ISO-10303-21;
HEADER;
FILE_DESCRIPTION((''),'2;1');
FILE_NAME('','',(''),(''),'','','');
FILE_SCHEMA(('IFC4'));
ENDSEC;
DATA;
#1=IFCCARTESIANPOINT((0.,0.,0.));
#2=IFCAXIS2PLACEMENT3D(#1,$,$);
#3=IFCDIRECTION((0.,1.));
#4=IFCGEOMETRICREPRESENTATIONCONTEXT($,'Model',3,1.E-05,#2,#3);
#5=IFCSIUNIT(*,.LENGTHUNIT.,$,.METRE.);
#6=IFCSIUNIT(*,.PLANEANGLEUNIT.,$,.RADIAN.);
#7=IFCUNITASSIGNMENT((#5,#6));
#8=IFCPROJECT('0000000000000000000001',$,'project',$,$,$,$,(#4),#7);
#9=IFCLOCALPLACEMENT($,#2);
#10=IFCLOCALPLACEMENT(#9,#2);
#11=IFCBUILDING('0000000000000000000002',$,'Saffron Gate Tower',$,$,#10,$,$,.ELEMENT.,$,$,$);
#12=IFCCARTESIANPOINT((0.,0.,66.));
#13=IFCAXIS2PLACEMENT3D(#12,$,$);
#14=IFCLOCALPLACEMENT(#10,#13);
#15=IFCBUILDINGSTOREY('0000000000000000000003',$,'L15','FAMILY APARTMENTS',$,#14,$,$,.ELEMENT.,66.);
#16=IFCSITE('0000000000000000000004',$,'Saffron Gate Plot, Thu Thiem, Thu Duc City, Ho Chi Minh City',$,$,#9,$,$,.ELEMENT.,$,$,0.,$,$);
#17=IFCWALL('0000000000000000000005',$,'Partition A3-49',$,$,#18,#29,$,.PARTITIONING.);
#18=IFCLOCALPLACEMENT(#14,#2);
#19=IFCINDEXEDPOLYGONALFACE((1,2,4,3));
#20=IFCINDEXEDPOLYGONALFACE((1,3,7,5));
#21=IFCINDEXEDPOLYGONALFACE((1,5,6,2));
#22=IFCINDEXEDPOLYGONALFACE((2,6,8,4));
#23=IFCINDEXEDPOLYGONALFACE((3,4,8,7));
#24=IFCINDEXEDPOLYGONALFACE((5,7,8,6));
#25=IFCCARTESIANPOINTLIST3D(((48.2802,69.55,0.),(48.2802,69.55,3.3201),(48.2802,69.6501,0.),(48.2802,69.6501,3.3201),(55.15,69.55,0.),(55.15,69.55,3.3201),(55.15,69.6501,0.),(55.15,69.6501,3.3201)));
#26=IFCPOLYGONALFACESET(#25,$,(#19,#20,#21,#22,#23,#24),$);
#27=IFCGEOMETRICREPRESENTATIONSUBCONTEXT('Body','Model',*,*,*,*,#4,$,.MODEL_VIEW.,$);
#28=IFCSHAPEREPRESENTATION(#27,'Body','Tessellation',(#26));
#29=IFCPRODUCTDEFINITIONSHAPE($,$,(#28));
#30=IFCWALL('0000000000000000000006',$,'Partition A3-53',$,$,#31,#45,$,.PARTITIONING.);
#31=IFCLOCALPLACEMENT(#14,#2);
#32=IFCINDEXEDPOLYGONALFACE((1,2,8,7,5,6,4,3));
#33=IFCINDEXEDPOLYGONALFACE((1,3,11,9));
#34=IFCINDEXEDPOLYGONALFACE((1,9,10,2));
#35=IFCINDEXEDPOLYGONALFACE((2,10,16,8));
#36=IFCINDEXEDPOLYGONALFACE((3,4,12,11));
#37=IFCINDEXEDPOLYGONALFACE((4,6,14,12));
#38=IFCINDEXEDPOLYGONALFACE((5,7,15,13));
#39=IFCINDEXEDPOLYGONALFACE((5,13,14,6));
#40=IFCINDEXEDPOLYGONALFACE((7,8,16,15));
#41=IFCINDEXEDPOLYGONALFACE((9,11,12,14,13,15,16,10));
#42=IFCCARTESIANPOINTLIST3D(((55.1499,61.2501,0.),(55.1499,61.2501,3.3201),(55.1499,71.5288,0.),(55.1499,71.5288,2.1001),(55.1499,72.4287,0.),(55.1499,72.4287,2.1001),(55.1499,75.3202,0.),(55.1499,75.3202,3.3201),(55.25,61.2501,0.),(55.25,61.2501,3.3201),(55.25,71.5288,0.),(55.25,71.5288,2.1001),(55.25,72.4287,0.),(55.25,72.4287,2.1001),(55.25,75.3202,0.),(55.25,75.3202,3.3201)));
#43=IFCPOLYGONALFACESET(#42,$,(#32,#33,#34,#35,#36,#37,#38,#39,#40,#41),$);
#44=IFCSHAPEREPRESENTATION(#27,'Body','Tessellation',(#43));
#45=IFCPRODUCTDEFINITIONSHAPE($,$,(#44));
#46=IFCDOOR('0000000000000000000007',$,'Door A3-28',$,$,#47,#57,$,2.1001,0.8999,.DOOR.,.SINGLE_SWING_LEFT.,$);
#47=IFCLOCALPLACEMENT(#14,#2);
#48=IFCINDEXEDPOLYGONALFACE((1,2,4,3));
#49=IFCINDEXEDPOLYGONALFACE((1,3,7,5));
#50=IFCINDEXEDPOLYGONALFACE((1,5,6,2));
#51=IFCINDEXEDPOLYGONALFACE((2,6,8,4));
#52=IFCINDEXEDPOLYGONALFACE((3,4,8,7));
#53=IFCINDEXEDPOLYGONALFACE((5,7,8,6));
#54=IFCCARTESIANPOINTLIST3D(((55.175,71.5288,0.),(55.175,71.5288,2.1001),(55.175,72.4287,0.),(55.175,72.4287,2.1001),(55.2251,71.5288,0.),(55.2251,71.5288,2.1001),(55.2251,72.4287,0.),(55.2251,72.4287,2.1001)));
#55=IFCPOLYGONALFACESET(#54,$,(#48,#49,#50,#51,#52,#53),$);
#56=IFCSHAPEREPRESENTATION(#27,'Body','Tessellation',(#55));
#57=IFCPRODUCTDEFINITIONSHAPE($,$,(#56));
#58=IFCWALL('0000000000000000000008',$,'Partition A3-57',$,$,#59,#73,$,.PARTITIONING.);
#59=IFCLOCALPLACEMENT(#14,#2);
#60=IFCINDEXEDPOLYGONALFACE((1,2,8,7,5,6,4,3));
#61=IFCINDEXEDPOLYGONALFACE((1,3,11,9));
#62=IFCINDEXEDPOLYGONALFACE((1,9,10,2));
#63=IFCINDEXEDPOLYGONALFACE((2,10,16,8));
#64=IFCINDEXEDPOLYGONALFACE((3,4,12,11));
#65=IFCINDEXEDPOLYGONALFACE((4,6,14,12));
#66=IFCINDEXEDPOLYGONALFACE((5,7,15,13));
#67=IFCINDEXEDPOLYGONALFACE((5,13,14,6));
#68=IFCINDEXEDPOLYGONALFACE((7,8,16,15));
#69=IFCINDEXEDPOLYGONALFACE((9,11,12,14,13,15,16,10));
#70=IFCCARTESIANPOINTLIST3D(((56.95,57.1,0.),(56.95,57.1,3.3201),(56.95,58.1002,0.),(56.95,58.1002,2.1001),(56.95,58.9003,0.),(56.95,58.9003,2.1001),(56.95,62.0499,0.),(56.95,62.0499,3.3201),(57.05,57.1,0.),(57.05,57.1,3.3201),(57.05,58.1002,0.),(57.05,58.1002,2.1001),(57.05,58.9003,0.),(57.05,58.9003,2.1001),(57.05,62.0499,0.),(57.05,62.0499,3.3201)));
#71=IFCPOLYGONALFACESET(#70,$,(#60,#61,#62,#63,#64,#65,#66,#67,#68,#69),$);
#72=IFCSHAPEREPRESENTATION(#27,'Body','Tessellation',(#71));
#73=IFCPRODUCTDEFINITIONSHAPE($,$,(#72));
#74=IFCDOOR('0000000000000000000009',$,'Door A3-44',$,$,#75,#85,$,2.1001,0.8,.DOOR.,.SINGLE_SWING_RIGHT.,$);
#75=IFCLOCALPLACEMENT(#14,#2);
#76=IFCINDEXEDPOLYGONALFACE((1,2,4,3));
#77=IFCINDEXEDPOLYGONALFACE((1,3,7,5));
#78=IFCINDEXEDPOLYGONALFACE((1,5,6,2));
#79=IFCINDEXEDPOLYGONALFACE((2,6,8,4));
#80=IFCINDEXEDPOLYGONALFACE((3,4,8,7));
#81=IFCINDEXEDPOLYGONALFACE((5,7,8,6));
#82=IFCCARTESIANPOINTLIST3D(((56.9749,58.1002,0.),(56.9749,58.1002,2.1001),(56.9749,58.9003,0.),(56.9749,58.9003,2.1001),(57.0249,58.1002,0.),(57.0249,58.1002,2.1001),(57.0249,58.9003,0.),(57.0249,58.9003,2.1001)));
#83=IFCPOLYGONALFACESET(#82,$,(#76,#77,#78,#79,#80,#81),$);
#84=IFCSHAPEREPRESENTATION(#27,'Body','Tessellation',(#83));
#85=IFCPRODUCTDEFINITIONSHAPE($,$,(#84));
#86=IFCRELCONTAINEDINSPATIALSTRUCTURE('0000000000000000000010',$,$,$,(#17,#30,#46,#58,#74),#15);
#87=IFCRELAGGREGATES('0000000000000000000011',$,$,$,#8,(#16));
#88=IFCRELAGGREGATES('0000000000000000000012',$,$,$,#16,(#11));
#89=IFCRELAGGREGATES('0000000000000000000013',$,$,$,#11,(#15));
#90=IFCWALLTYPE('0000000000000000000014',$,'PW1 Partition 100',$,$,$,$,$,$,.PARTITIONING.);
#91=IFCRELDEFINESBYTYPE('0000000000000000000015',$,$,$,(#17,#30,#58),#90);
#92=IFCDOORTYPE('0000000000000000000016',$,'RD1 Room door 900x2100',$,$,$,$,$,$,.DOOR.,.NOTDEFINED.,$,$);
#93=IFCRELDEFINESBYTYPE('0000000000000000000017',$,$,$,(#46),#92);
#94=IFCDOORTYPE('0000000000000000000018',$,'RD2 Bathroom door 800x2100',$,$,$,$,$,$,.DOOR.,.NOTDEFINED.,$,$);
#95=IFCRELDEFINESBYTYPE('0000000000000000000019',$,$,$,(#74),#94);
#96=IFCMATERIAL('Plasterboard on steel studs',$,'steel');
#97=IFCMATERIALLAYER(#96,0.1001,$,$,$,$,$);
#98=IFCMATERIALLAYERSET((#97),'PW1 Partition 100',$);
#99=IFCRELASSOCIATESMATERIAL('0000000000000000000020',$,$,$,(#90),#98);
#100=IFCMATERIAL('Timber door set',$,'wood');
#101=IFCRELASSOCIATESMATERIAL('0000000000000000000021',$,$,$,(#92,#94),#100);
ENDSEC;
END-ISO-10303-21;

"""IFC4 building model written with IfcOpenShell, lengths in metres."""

from ifc_helpers import new_model, si_unit, direction, frame, frame_2d, origin, place, context, subcontext, project, spatial, rectangle, extrude, material, layer, layer_set, type_object, element, fill, save


model = new_model("IFC4")

# Units and contexts
model_context = context("Model", 3, precision=1e-05, world=origin(), true_north=direction((0.0, 1.0)))
body_context = subcontext(model_context, "Body", "Model", "MODEL_VIEW")
ifc_project = project(units=[si_unit("LENGTHUNIT", "METRE"), si_unit("PLANEANGLEUNIT", "RADIAN")], contexts=[model_context])

# Site, building, storey
site_placement = place(None, origin())
site = spatial("IfcSite", under=ifc_project, at=site_placement, Name="Saffron Gate Plot, Thu Thiem, Thu Duc City, Ho Chi Minh City", CompositionType="ELEMENT", RefElevation=0.0)
building_placement = place(site_placement, origin())
building = spatial("IfcBuilding", under=site, at=building_placement, Name="Saffron Gate Tower", CompositionType="ELEMENT")
storey_placement = place(building_placement, frame((0.0, 0.0, 66.0)))
storey = spatial("IfcBuildingStorey", under=building, at=storey_placement, Name="L15", Description="FAMILY APARTMENTS", CompositionType="ELEMENT", Elevation=66.0)

# Shared definitions
ifc_material_1 = material(Name="Plasterboard on steel studs", Category="steel")
ifc_layer = layer(ifc_material_1, 0.1001)
ifc_layer_set = layer_set([ifc_layer], Name="PW1 Partition 100")
wall_type = type_object("IfcWallType", Name="PW1 Partition 100", PredefinedType="PARTITIONING", material=ifc_layer_set)

# Shared definitions
ifc_material_2 = material(Name="Timber door set", Category="wood")
door_type_1 = type_object("IfcDoorType", Name="RD1 Room door 900x2100", OperationType="NOTDEFINED", PredefinedType="DOOR", material=ifc_material_2)

# Wall
wall_1_placement = place(storey_placement, frame((48.28, 69.6001, 0.0), z_axis=(0.0, 0.0, 1.0), x_axis=(1.0, 0.0, 0.0)))
element("IfcWall", 1, at=wall_1_placement, inside=storey, type_object=wall_type, Name="Partition A3-49", PredefinedType="PARTITIONING", context=body_context, shape_type="SweptSolid", body=[
    extrude(rectangle(XDim=6.8699, YDim=0.1001, at=frame_2d((3.4351, 0.0))), origin(), (0.0, 0.0, 1.0), 3.3201),
])

# Walls, openings, doors
wall_2_placement = place(storey_placement, frame((55.2, 61.25, 0.0), z_axis=(0.0, 0.0, 1.0), x_axis=(0.0, 1.0, 0.0)))
wall_2 = element("IfcWall", 2, at=wall_2_placement, inside=storey, type_object=wall_type, Name="Partition A3-53", PredefinedType="PARTITIONING", context=body_context, shape_type="SweptSolid", body=[
    extrude(rectangle(XDim=14.0701, YDim=0.1001, at=frame_2d((7.0352, 0.0))), origin(), (0.0, 0.0, 1.0), 3.3201),
])
opening_1_placement = place(wall_2_placement, frame((10.2788, 0.0, 0.0)))
opening_1 = element("IfcOpeningElement", 3, at=opening_1_placement, cuts=wall_2, PredefinedType="OPENING", context=body_context, shape_type="SweptSolid", body=[
    extrude(rectangle(XDim=0.8999, YDim=2.1001, at=frame_2d((0.45, 1.05))), frame((0.0, 0.0601, 0.0), z_axis=(0.0, -1.0, 0.0), x_axis=(1.0, 0.0, 0.0)), (0.0, 0.0, 1.0), 0.1201),
])
door_1_placement = place(opening_1_placement, origin())
door_1 = element("IfcDoor", 4, at=door_1_placement, inside=storey, type_object=door_type_1, Name="Door A3-28", OperationType="SINGLE_SWING_LEFT", OverallHeight=2.1001, OverallWidth=0.8999, PredefinedType="DOOR", context=body_context, shape_type="SweptSolid", body=[
    extrude(rectangle(XDim=0.8999, YDim=2.1001, at=frame_2d((0.45, 1.05))), frame((0.0, 0.0249, 0.0), z_axis=(0.0, -1.0, 0.0), x_axis=(1.0, 0.0, 0.0)), (0.0, 0.0, 1.0), 0.05),
])
fill(opening_1, door_1)
wall_3_placement = place(storey_placement, frame((57.0, 62.05, 0.0), z_axis=(0.0, 0.0, 1.0), x_axis=(0.0, -1.0, 0.0)))
wall_3 = element("IfcWall", 5, at=wall_3_placement, inside=storey, type_object=wall_type, Name="Partition A3-57", PredefinedType="PARTITIONING", context=body_context, shape_type="SweptSolid", body=[
    extrude(rectangle(XDim=4.95, YDim=0.1001, at=frame_2d((2.4751, 0.0))), origin(), (0.0, 0.0, 1.0), 3.3201),
])
opening_2_placement = place(wall_3_placement, frame((3.1499, 0.0, 0.0)))
opening_2 = element("IfcOpeningElement", 6, at=opening_2_placement, cuts=wall_3, PredefinedType="OPENING", context=body_context, shape_type="SweptSolid", body=[
    extrude(rectangle(XDim=0.8, YDim=2.1001, at=frame_2d((0.3999, 1.05))), frame((0.0, 0.0601, 0.0), z_axis=(0.0, -1.0, 0.0), x_axis=(1.0, 0.0, 0.0)), (0.0, 0.0, 1.0), 0.1201),
])
door_type_2 = type_object("IfcDoorType", Name="RD2 Bathroom door 800x2100", OperationType="NOTDEFINED", PredefinedType="DOOR", material=ifc_material_2)
door_2_placement = place(opening_2_placement, origin())
door_2 = element("IfcDoor", 7, at=door_2_placement, inside=storey, type_object=door_type_2, Name="Door A3-44", OperationType="SINGLE_SWING_RIGHT", OverallHeight=2.1001, OverallWidth=0.8, PredefinedType="DOOR", context=body_context, shape_type="SweptSolid", body=[
    extrude(rectangle(XDim=0.8, YDim=2.1001, at=frame_2d((0.3999, 1.05))), frame((0.0, 0.0249, 0.0), z_axis=(0.0, -1.0, 0.0), x_axis=(1.0, 0.0, 0.0)), (0.0, 0.0, 1.0), 0.05),
])
fill(opening_2, door_2)

save(model, "model.ifc")
